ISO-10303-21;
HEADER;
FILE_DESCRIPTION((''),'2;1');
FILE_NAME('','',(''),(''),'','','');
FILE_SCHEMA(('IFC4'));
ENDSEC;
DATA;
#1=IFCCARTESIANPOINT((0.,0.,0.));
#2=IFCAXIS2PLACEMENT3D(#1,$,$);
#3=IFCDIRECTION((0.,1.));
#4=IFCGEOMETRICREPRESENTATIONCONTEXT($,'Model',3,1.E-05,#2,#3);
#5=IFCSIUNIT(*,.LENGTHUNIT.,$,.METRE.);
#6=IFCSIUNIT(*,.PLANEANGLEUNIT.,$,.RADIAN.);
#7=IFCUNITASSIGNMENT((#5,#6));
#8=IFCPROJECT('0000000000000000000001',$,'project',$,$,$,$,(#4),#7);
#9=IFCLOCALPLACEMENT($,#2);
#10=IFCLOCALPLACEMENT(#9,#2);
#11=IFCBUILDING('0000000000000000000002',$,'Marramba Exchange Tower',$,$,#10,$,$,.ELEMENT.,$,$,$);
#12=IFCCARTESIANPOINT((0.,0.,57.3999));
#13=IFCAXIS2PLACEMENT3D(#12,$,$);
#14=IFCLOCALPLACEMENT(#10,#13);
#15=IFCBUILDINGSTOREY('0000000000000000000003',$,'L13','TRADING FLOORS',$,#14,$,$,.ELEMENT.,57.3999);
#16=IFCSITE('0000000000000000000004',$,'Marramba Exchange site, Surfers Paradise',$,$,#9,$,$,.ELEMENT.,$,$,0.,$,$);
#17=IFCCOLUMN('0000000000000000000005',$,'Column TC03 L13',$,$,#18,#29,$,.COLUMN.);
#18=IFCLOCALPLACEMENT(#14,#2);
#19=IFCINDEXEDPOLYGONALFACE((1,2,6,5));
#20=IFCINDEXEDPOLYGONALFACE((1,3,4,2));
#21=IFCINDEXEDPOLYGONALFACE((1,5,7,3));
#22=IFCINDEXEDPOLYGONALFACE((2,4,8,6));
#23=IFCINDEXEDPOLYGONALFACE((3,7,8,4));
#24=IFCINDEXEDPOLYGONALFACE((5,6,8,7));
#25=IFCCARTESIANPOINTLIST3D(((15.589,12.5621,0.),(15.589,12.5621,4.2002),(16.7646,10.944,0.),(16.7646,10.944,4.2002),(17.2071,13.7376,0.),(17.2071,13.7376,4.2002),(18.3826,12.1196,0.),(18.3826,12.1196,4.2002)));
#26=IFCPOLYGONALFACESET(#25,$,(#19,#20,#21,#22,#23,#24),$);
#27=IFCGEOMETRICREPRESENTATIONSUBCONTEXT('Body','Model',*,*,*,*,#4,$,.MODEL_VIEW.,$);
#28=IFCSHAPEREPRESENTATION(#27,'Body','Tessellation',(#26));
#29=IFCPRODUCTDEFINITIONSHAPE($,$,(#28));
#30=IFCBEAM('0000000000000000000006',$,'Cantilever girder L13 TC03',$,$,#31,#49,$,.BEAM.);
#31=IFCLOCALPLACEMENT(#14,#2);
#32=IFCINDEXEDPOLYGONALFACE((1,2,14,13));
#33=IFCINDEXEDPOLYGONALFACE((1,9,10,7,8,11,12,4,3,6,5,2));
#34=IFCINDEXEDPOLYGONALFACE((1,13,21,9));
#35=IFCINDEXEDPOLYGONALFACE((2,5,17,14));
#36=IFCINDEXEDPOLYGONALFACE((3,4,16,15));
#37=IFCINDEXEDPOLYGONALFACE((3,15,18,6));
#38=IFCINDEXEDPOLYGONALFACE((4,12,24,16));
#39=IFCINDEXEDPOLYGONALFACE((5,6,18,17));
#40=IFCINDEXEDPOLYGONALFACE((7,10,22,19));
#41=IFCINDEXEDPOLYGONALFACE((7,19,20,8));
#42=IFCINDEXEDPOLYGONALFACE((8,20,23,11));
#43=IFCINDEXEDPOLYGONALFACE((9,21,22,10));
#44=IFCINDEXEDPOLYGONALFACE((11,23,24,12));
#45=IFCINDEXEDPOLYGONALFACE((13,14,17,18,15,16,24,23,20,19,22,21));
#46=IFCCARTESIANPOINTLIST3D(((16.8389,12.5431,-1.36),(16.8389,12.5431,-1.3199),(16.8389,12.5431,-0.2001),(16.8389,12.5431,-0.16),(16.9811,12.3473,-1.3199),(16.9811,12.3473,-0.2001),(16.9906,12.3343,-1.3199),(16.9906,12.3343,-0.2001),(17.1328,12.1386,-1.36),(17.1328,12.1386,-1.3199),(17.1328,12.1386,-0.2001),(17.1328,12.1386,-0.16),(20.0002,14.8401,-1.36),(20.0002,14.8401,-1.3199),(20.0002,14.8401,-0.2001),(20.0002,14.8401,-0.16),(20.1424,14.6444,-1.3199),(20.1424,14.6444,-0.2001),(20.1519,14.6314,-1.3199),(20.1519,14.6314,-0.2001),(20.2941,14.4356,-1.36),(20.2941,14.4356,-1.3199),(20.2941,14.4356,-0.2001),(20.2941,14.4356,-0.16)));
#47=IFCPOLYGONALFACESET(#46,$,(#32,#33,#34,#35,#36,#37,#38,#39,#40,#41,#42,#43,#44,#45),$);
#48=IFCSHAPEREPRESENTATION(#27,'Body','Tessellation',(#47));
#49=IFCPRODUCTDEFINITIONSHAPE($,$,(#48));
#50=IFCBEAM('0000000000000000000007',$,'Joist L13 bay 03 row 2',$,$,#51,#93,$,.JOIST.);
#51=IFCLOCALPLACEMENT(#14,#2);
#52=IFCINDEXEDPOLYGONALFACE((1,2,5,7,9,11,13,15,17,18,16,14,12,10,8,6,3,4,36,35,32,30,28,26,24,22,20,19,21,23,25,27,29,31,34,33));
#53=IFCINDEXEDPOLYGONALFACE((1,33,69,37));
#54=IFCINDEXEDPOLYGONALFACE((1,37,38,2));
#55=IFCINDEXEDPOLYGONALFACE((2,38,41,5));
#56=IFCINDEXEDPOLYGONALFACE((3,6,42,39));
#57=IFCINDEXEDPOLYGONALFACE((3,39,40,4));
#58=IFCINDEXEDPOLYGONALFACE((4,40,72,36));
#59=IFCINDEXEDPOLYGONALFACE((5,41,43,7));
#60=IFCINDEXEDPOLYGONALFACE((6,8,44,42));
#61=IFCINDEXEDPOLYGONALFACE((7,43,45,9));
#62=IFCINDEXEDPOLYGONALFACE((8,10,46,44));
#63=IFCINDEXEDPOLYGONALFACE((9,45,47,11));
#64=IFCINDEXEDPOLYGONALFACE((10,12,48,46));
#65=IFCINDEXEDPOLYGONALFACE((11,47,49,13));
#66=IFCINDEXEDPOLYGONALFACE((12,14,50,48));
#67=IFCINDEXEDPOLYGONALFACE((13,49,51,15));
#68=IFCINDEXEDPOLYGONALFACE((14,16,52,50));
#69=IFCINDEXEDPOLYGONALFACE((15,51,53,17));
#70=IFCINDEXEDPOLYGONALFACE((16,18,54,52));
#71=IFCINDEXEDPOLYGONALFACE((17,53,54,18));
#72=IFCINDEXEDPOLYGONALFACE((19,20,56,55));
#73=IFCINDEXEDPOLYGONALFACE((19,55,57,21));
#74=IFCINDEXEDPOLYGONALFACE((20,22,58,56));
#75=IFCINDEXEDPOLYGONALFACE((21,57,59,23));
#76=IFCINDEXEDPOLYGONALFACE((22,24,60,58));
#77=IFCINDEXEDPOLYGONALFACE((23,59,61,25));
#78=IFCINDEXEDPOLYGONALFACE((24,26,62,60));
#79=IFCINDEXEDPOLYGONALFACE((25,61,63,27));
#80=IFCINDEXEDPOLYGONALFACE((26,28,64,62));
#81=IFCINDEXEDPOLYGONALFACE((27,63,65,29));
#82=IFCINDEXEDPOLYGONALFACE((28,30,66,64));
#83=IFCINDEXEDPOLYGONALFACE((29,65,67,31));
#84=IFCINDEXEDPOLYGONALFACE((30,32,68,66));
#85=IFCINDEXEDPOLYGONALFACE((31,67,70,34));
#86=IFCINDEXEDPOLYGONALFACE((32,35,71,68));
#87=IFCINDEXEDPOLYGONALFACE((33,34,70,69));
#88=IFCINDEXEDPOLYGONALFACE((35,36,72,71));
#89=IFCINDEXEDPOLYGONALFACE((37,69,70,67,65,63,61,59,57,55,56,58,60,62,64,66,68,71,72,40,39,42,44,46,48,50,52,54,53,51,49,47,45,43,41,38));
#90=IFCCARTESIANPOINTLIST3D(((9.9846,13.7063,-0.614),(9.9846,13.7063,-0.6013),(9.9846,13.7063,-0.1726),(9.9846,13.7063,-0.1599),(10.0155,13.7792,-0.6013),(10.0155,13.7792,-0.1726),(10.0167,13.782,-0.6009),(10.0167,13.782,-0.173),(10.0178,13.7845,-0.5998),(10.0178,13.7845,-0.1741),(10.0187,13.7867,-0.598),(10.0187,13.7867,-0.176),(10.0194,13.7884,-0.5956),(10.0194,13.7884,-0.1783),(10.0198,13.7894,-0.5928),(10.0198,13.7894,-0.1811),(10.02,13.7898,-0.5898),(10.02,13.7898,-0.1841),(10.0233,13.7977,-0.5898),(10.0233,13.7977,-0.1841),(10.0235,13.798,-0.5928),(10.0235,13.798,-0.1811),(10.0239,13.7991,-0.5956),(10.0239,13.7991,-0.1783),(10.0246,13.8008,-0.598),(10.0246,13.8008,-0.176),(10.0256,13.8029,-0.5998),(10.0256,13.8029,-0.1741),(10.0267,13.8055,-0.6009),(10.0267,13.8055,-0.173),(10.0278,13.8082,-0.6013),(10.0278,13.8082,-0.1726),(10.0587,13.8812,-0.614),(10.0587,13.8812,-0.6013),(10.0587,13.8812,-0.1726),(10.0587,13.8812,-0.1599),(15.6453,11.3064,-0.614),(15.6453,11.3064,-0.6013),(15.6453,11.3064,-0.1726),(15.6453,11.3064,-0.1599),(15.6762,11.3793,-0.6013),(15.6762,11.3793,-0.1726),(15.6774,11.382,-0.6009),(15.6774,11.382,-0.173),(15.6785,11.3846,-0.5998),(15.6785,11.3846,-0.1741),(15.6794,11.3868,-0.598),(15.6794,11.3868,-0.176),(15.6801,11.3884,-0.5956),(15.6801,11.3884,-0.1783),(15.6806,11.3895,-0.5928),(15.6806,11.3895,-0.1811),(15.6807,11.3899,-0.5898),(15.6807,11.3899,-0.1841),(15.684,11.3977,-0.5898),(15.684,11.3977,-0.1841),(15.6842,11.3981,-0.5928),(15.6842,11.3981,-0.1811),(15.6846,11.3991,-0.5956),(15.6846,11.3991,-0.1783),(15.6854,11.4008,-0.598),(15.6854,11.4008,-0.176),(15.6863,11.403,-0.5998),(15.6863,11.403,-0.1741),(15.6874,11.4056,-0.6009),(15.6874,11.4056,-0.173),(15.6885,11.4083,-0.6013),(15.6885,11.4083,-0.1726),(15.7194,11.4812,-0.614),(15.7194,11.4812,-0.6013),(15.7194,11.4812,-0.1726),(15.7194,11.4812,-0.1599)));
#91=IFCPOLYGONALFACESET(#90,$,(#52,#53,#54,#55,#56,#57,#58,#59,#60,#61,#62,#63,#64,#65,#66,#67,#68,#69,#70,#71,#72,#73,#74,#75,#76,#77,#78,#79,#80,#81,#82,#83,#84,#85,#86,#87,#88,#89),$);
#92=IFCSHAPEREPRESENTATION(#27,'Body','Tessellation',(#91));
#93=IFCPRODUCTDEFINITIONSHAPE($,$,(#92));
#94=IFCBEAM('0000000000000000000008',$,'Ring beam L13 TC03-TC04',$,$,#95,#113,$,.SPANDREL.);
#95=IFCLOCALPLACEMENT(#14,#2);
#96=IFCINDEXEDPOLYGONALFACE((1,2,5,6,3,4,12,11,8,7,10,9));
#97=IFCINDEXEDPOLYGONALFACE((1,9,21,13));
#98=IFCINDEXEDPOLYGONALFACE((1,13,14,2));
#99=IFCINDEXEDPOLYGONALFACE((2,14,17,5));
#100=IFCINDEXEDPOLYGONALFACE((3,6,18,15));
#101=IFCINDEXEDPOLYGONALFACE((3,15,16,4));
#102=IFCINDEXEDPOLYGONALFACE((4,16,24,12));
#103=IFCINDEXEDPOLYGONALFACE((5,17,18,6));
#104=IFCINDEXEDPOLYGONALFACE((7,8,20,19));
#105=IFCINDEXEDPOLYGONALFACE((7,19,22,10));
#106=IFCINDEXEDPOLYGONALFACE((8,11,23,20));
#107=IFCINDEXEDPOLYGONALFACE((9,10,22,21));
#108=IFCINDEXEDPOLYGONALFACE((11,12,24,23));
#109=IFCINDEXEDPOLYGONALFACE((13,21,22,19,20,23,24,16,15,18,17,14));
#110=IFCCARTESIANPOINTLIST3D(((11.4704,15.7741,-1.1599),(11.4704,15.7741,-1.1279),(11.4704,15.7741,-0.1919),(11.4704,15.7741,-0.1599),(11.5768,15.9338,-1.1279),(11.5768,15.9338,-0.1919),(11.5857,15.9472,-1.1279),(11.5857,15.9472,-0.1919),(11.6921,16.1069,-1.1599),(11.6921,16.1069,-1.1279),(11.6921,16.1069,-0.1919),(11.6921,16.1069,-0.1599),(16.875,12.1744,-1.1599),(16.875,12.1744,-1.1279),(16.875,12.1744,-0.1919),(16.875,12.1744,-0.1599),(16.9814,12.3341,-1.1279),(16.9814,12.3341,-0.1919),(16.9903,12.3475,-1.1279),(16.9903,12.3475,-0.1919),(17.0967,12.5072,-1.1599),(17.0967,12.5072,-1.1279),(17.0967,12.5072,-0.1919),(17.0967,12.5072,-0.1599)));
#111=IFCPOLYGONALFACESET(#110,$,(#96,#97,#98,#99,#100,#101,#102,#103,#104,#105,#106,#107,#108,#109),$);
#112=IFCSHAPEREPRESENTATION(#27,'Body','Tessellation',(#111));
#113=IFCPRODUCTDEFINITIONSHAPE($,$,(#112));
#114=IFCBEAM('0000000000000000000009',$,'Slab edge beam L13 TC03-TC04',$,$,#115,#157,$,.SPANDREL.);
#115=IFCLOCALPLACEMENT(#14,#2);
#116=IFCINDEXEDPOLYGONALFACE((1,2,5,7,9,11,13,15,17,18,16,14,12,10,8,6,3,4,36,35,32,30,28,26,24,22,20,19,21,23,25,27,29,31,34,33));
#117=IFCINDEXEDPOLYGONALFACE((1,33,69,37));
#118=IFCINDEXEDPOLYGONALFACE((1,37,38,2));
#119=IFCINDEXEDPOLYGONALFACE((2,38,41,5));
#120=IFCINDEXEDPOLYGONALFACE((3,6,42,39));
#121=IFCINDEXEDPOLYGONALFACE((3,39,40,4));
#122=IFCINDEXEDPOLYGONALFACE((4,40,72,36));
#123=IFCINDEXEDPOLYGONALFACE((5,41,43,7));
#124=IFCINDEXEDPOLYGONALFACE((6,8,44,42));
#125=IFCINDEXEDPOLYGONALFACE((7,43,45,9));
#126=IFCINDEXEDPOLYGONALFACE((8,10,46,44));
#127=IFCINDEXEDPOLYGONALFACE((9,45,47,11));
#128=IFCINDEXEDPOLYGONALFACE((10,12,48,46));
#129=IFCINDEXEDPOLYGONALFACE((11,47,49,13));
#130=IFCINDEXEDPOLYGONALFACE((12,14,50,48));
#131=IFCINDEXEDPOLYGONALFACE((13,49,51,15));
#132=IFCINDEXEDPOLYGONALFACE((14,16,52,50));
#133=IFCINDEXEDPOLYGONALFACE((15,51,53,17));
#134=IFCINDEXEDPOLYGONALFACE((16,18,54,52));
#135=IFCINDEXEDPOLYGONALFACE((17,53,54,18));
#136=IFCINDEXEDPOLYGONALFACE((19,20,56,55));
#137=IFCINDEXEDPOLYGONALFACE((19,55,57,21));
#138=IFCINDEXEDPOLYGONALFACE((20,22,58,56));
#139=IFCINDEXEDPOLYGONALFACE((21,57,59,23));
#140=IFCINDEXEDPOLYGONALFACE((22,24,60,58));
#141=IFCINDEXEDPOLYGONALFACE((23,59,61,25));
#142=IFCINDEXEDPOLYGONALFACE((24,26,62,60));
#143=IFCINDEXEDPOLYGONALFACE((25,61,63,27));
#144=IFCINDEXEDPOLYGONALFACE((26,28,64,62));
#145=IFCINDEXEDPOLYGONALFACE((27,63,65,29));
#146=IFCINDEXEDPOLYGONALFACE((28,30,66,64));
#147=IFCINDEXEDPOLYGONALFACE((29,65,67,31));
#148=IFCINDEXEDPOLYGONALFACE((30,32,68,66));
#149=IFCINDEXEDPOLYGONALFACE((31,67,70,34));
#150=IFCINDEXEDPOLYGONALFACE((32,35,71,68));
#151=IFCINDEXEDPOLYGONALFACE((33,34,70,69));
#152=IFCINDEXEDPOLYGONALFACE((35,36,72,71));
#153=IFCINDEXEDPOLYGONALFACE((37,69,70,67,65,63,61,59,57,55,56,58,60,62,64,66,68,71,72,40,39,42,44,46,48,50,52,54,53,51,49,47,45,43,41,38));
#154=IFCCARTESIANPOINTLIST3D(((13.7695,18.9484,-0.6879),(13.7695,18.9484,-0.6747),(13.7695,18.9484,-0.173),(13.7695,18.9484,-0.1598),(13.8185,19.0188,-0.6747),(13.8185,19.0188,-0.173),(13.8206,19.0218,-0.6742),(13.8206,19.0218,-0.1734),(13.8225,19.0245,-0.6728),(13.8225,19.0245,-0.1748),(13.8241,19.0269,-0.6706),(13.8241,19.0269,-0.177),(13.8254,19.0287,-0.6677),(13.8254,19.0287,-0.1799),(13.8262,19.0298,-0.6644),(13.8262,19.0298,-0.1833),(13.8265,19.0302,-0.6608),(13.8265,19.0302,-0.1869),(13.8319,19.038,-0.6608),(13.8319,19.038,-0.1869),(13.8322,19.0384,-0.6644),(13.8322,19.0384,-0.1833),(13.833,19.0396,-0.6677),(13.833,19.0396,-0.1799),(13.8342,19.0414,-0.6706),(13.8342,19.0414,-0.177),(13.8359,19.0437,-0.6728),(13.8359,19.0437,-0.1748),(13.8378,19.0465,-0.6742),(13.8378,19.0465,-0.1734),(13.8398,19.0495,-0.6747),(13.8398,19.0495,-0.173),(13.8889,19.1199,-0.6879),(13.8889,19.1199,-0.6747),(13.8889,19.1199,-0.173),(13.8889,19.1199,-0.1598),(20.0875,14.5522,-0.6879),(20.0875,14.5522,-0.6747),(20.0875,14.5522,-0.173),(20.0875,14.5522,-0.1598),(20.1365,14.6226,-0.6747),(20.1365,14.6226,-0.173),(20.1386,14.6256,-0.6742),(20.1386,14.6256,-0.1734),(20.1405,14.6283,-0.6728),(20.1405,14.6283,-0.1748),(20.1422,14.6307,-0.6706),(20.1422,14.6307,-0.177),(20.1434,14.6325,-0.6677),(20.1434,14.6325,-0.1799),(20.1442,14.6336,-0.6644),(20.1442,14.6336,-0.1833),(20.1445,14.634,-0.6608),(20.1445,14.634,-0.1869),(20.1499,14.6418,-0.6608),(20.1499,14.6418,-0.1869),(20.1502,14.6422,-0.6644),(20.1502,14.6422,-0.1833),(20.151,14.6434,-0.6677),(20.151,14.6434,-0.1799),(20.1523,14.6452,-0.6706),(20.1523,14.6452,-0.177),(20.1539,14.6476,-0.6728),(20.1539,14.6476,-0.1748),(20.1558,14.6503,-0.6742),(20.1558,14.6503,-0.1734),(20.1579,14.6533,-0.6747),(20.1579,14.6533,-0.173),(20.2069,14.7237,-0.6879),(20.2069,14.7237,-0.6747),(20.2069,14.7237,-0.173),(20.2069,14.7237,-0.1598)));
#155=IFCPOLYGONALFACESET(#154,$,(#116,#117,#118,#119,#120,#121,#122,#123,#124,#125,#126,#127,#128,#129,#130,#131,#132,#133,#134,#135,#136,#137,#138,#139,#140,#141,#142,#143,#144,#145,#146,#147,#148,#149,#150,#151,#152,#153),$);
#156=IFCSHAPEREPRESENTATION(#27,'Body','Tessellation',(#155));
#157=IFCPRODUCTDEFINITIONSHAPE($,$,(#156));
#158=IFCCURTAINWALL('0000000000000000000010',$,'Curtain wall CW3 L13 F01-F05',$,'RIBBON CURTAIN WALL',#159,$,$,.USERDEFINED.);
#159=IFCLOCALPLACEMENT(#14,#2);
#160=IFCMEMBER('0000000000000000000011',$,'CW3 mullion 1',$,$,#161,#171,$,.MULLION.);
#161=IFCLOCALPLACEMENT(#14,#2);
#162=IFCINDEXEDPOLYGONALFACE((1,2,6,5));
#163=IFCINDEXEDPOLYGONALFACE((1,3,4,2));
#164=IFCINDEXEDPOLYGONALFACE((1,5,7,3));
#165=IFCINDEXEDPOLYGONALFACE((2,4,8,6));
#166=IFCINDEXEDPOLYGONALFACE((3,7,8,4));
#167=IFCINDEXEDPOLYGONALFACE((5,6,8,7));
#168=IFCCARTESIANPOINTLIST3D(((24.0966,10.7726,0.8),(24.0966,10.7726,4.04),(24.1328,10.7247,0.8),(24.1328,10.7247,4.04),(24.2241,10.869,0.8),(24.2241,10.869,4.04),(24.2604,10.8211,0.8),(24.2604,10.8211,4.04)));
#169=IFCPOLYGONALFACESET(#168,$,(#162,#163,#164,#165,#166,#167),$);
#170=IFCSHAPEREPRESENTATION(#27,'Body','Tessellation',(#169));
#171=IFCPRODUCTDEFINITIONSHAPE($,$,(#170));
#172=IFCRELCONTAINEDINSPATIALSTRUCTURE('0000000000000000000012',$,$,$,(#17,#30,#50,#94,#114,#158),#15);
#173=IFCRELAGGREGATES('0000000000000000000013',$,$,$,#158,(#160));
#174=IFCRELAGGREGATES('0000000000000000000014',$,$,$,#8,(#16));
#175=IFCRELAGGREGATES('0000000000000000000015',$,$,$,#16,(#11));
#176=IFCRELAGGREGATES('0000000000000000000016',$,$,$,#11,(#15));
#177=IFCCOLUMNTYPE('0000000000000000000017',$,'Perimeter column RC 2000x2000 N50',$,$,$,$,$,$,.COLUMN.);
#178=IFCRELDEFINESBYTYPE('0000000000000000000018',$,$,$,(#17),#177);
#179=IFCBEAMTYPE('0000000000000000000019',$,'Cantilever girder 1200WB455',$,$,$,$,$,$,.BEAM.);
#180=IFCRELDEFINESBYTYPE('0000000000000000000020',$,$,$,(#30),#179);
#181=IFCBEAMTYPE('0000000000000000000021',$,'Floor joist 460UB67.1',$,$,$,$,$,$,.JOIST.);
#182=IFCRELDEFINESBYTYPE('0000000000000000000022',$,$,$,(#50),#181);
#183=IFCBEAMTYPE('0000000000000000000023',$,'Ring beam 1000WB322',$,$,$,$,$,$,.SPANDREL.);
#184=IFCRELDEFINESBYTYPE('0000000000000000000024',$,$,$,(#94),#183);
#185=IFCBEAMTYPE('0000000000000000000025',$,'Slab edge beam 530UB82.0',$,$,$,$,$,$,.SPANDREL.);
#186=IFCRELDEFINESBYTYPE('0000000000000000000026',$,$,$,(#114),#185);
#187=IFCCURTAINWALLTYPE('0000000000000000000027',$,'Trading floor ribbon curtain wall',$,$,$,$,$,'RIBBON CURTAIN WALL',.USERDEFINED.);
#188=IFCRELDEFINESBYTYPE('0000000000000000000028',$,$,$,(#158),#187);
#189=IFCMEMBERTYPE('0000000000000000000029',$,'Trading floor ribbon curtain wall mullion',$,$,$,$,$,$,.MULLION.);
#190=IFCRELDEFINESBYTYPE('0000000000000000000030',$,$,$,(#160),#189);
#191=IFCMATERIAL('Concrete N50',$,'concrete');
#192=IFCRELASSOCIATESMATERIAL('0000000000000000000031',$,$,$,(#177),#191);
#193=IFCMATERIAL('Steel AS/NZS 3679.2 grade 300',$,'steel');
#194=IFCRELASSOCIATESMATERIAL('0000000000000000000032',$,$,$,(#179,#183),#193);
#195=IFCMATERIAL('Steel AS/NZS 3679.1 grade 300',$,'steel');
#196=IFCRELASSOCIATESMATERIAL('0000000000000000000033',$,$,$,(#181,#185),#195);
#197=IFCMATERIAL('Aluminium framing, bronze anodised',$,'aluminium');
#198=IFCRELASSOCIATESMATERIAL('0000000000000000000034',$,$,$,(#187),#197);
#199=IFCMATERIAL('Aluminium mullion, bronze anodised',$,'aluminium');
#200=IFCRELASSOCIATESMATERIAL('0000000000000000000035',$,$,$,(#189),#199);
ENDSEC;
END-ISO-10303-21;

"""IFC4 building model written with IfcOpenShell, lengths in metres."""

from ifc_helpers import new_model, si_unit, direction, frame, origin, origin_2d, place, context, subcontext, project, spatial, rectangle, i_section, extrude, material, material_profile, profile_set, type_object, element, aggregate, save


model = new_model("IFC4")

# Units and contexts
model_context = context("Model", 3, precision=1e-05, world=origin(), true_north=direction((0.0, 1.0)))
body_context = subcontext(model_context, "Body", "Model", "MODEL_VIEW")
ifc_project = project(units=[si_unit("LENGTHUNIT", "METRE"), si_unit("PLANEANGLEUNIT", "RADIAN")], contexts=[model_context])

# Site, building, storey
site_placement = place(None, origin())
site = spatial("IfcSite", under=ifc_project, at=site_placement, Name="Marramba Exchange site, Surfers Paradise", CompositionType="ELEMENT", RefElevation=0.0)
building_placement = place(site_placement, origin())
building = spatial("IfcBuilding", under=site, at=building_placement, Name="Marramba Exchange Tower", CompositionType="ELEMENT")
storey_placement = place(building_placement, frame((0.0, 0.0, 57.3999)))
storey = spatial("IfcBuildingStorey", under=building, at=storey_placement, Name="L13", Description="TRADING FLOORS", CompositionType="ELEMENT", Elevation=57.3999)

# Column
ifc_material_1 = material(Name="Concrete N50", Category="concrete")
ifc_material_profile_1 = material_profile(ifc_material_1, rectangle(XDim=2.0, YDim=2.0, at=origin_2d()), Name="RC 2000x2000")
ifc_profile_set_1 = profile_set([ifc_material_profile_1], Name="Concrete N50")
column_type = type_object("IfcColumnType", Name="Perimeter column RC 2000x2000 N50", PredefinedType="COLUMN", material=ifc_profile_set_1)
column_placement = place(storey_placement, frame((16.9858, 12.3408, 0.0), z_axis=(0.0, 0.0, 1.0), x_axis=(0.809017, 0.587785, 0.0)))
element("IfcColumn", 1, at=column_placement, inside=storey, type_object=column_type, Name="Column TC03 L13", PredefinedType="COLUMN", context=body_context, shape_type="SweptSolid", body=[
    extrude(rectangle(XDim=2.0, YDim=2.0, at=origin_2d()), origin(), (0.0, 0.0, 1.0), 4.2002),
])

# Beams
ifc_material_2 = material(Name="Steel AS/NZS 3679.2 grade 300", Category="steel")
ifc_material_profile_2 = material_profile(ifc_material_2, i_section(OverallWidth=0.5, OverallDepth=1.2, WebThickness=0.0161, FlangeThickness=0.04, at=origin_2d()), Name="1200WB455")
ifc_profile_set_2 = profile_set([ifc_material_profile_2], Name="Steel AS/NZS 3679.2 grade 300")
beam_type_1 = type_object("IfcBeamType", Name="Cantilever girder 1200WB455", PredefinedType="BEAM", material=ifc_profile_set_2)
beam_1_placement = place(storey_placement, frame((16.9858, 12.3408, -0.76), z_axis=(0.808987, 0.587826, 0.0), x_axis=(-0.587826, 0.808987, 0.0)))
element("IfcBeam", 2, at=beam_1_placement, inside=storey, type_object=beam_type_1, Name="Cantilever girder L13 TC03", PredefinedType="BEAM", context=body_context, shape_type="SweptSolid", body=[
    extrude(i_section(OverallWidth=0.5, OverallDepth=1.2, WebThickness=0.0161, FlangeThickness=0.04, at=origin_2d()), origin(), (0.0, 0.0, 1.0), 3.9077),
])
ifc_material_3 = material(Name="Steel AS/NZS 3679.1 grade 300", Category="steel")
ifc_material_profile_3 = material_profile(ifc_material_3, i_section(OverallWidth=0.1899, OverallDepth=0.4541, WebThickness=0.0085, FlangeThickness=0.0127, FilletRadius=0.0115, at=origin_2d()), Name="460UB67.1")
ifc_profile_set_3 = profile_set([ifc_material_profile_3], Name="Steel AS/NZS 3679.1 grade 300")
beam_type_2 = type_object("IfcBeamType", Name="Floor joist 460UB67.1", PredefinedType="JOIST", material=ifc_profile_set_3)
beam_2_placement = place(storey_placement, frame((15.6824, 11.3938, -0.387), z_axis=(-0.920674, 0.390332, 0.0), x_axis=(-0.390332, -0.920674, 0.0)))
element("IfcBeam", 3, at=beam_2_placement, inside=storey, type_object=beam_type_2, Name="Joist L13 bay 03 row 2", PredefinedType="JOIST", context=body_context, shape_type="SweptSolid", body=[
    extrude(i_section(OverallWidth=0.1899, OverallDepth=0.4541, WebThickness=0.0085, FlangeThickness=0.0127, FilletRadius=0.0115, at=origin_2d()), origin(), (0.0, 0.0, 1.0), 6.1484),
])
ifc_material_profile_4 = material_profile(ifc_material_2, i_section(OverallWidth=0.3999, OverallDepth=1.0, WebThickness=0.0161, FlangeThickness=0.032, at=origin_2d()), Name="1000WB322")
ifc_profile_set_4 = profile_set([ifc_material_profile_4], Name="Steel AS/NZS 3679.2 grade 300")
beam_type_3 = type_object("IfcBeamType", Name="Ring beam 1000WB322", PredefinedType="SPANDREL", material=ifc_profile_set_4)
beam_3_placement = place(storey_placement, frame((16.9858, 12.3408, -0.6599), z_axis=(-0.832293, 0.554336, 0.0), x_axis=(-0.554336, -0.832293, 0.0)))
element("IfcBeam", 4, at=beam_3_placement, inside=storey, type_object=beam_type_3, Name="Ring beam L13 TC03-TC04", PredefinedType="SPANDREL", context=body_context, shape_type="SweptSolid", body=[
    extrude(i_section(OverallWidth=0.3999, OverallDepth=1.0, WebThickness=0.0161, FlangeThickness=0.032, at=origin_2d()), origin(), (0.0, 0.0, 1.0), 6.4937),
])
ifc_material_profile_5 = material_profile(ifc_material_3, i_section(OverallWidth=0.209, OverallDepth=0.5281, WebThickness=0.0095, FlangeThickness=0.0132, FilletRadius=0.0139, at=origin_2d()), Name="530UB82.0")
ifc_profile_set_5 = profile_set([ifc_material_profile_5], Name="Steel AS/NZS 3679.1 grade 300")
beam_type_4 = type_object("IfcBeamType", Name="Slab edge beam 530UB82.0", PredefinedType="SPANDREL", material=ifc_profile_set_5)
beam_4_placement = place(storey_placement, frame((20.1472, 14.6379, -0.4238), z_axis=(-0.820842, 0.571155, 0.0), x_axis=(-0.571155, -0.820842, 0.0)))
element("IfcBeam", 5, at=beam_4_placement, inside=storey, type_object=beam_type_4, Name="Slab edge beam L13 TC03-TC04", PredefinedType="SPANDREL", context=body_context, shape_type="SweptSolid", body=[
    extrude(i_section(OverallWidth=0.209, OverallDepth=0.5281, WebThickness=0.0095, FlangeThickness=0.0132, FilletRadius=0.0139, at=origin_2d()), origin(), (0.0, 0.0, 1.0), 7.697),
])

# Curtain wall, member
ifc_material_4 = material(Name="Aluminium framing, bronze anodised", Category="aluminium")
curtain_wall_type = type_object("IfcCurtainWallType", Name="Trading floor ribbon curtain wall", ElementType="RIBBON CURTAIN WALL", PredefinedType="USERDEFINED", material=ifc_material_4)
curtain_wall_placement = place(storey_placement, origin())
curtain_wall = element("IfcCurtainWall", 6, at=curtain_wall_placement, inside=storey, type_object=curtain_wall_type, Name="Curtain wall CW3 L13 F01-F05", ObjectType="RIBBON CURTAIN WALL", PredefinedType="USERDEFINED")
ifc_material_5 = material(Name="Aluminium mullion, bronze anodised", Category="aluminium")
ifc_material_profile_6 = material_profile(ifc_material_5, rectangle(XDim=0.1599, YDim=0.0601, at=origin_2d()), Name="CW3 mullion 60x160")
ifc_profile_set_6 = profile_set([ifc_material_profile_6], Name="Aluminium mullion, bronze anodised")
member_type_1 = type_object("IfcMemberType", Name="Trading floor ribbon curtain wall mullion", PredefinedType="MULLION", material=ifc_profile_set_6)
member_1_placement = place(storey_placement, frame((24.1785, 10.7969, 0.8), z_axis=(0.0, 0.0, 1.0), x_axis=(-0.797749, -0.60299, 0.0)))
member_1 = element("IfcMember", 7, at=member_1_placement, type_object=member_type_1, Name="CW3 mullion 1", PredefinedType="MULLION", context=body_context, shape_type="SweptSolid", body=[
    extrude(rectangle(XDim=0.1599, YDim=0.0601, at=origin_2d()), origin(), (0.0, 0.0, 1.0), 3.24),
])
aggregate(curtain_wall, [member_1])

save(model, "model.ifc")
